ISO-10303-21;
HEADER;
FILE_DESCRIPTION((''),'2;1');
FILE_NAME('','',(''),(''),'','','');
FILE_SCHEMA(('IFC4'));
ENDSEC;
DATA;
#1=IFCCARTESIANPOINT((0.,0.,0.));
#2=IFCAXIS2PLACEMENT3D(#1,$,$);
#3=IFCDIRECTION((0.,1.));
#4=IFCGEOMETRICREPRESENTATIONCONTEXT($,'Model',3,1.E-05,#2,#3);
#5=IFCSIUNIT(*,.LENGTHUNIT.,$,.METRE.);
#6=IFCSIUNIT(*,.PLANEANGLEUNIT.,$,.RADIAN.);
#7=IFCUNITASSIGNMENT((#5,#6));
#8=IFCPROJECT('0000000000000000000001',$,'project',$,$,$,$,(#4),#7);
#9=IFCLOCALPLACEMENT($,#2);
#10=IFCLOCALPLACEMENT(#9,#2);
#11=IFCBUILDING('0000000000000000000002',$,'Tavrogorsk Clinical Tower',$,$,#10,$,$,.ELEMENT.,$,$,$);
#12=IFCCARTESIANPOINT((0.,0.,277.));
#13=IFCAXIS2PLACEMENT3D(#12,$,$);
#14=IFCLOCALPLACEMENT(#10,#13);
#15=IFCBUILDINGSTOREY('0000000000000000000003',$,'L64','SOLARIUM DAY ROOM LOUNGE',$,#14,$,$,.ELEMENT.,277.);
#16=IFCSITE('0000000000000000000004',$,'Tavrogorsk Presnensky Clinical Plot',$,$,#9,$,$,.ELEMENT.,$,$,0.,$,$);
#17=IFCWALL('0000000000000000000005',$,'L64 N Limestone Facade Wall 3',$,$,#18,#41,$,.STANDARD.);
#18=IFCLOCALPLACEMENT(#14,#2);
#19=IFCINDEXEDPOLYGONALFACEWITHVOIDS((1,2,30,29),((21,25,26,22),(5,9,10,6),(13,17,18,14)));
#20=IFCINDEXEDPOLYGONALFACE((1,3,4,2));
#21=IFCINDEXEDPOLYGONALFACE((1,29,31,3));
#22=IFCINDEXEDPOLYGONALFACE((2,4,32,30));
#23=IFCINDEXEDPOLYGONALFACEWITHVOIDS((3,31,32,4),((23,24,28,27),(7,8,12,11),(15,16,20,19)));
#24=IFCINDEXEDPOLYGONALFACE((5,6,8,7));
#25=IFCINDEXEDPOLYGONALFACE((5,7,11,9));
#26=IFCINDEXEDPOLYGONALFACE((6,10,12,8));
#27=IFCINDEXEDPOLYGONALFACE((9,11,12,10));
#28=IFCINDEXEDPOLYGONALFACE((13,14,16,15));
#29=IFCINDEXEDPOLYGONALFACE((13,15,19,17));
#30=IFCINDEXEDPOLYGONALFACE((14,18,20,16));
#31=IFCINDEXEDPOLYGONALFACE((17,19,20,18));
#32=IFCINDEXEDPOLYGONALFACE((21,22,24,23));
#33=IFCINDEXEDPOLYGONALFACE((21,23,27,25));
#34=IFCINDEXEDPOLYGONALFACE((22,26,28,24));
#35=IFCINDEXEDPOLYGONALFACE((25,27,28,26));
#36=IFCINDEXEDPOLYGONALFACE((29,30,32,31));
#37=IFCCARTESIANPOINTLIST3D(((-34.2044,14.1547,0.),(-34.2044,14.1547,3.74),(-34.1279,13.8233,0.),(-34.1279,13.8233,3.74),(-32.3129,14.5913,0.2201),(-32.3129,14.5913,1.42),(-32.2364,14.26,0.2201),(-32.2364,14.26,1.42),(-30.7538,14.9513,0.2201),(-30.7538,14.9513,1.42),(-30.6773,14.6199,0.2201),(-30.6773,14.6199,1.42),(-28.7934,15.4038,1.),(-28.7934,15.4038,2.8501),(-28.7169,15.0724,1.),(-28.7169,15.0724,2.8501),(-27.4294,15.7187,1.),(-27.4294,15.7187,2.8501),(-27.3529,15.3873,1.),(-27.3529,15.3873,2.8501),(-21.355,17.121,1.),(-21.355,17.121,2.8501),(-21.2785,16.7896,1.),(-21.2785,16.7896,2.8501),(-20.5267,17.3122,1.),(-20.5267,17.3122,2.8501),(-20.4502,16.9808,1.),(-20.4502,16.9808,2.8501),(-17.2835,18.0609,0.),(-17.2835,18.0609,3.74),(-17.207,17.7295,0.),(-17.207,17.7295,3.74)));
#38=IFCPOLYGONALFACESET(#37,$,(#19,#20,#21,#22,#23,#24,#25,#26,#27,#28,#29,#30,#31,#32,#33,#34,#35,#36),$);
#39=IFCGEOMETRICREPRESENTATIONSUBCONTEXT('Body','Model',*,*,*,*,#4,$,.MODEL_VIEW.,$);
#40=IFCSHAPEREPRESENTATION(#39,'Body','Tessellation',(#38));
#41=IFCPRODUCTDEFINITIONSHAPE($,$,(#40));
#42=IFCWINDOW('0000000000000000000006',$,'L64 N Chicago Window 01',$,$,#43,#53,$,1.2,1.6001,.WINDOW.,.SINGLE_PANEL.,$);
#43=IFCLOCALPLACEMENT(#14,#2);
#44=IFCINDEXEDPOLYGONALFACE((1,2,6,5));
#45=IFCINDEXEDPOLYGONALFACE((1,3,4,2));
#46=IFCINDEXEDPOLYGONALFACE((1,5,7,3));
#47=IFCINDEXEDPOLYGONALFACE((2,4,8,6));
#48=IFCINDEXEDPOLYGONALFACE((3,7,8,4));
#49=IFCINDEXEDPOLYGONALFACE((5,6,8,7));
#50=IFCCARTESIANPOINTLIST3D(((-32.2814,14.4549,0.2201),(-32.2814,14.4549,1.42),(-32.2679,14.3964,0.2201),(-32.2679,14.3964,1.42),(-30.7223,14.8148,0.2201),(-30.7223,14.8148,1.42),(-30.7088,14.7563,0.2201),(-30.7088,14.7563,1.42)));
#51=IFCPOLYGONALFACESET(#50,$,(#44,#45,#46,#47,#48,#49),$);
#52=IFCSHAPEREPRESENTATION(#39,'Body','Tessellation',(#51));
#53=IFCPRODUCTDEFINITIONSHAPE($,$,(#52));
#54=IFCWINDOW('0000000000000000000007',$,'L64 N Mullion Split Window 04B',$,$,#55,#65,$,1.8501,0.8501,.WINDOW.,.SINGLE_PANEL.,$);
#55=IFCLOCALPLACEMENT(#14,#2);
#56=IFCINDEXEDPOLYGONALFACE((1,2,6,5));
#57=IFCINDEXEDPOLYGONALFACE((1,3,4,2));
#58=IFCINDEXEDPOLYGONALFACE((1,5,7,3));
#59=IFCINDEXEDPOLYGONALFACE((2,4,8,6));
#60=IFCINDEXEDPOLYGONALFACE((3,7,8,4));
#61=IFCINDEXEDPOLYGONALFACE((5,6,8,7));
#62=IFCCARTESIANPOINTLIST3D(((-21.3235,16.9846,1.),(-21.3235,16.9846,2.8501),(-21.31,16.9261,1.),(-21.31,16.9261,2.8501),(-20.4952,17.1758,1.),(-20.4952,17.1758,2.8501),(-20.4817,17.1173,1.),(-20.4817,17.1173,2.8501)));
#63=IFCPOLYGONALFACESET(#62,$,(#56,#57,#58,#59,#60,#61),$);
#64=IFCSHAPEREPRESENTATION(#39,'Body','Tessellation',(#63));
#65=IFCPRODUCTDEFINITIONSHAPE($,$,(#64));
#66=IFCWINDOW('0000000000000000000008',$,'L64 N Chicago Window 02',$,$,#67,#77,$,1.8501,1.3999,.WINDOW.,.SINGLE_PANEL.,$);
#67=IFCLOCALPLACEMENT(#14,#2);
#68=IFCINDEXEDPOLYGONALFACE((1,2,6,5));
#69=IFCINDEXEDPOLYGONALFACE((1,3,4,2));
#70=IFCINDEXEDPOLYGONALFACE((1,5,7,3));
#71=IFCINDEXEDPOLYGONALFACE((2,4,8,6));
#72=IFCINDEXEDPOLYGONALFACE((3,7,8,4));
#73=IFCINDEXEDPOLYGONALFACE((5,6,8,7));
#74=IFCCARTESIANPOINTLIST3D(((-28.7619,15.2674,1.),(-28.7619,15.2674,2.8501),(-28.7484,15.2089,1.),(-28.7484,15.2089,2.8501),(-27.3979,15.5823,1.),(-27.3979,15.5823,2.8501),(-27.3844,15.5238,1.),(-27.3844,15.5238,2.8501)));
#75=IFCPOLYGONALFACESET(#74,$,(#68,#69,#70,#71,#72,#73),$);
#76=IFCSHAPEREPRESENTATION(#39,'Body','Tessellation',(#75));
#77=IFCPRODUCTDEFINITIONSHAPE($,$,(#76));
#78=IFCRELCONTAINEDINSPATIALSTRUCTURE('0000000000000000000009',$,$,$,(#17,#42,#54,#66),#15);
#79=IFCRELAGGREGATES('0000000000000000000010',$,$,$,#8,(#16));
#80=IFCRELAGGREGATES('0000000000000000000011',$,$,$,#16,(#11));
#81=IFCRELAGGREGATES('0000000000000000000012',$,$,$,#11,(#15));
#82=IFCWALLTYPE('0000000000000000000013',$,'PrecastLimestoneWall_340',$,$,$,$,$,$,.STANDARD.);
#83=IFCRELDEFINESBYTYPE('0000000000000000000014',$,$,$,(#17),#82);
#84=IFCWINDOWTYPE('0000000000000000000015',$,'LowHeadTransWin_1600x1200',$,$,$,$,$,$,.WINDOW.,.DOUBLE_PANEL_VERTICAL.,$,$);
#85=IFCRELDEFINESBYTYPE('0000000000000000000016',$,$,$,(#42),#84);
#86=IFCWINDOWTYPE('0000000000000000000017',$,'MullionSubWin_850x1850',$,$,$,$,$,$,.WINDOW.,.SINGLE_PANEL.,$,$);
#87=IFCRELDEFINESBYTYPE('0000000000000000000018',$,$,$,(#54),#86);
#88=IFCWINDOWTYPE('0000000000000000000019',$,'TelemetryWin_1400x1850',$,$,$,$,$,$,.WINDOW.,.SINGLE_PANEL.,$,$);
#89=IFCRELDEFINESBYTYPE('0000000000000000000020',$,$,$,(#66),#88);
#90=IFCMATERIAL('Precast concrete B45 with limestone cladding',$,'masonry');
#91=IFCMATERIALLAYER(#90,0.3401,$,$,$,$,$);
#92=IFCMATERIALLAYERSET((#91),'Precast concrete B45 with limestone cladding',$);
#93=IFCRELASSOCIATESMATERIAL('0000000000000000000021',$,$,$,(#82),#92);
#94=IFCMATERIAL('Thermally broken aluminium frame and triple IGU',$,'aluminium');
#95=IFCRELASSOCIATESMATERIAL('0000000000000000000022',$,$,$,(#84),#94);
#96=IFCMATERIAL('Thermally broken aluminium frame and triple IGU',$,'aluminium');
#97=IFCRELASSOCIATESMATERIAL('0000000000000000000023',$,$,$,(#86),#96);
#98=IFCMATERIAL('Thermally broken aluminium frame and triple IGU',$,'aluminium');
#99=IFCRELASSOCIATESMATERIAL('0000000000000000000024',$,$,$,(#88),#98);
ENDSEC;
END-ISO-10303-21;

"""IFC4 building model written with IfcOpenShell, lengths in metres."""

from ifc_helpers import new_model, si_unit, direction, frame, frame_2d, origin, place, context, subcontext, project, spatial, rectangle, extrude, material, layer, layer_set, type_object, element, fill, save


model = new_model("IFC4")

# Units and contexts
model_context = context("Model", 3, precision=1e-05, world=origin(), true_north=direction((0.0, 1.0)))
body_context = subcontext(model_context, "Body", "Model", "MODEL_VIEW")
ifc_project = project(units=[si_unit("LENGTHUNIT", "METRE"), si_unit("PLANEANGLEUNIT", "RADIAN")], contexts=[model_context])

# Site, building, storey
site_placement = place(None, origin())
site = spatial("IfcSite", under=ifc_project, at=site_placement, Name="Tavrogorsk Presnensky Clinical Plot", CompositionType="ELEMENT", RefElevation=0.0)
building_placement = place(site_placement, origin())
building = spatial("IfcBuilding", under=site, at=building_placement, Name="Tavrogorsk Clinical Tower", CompositionType="ELEMENT")
storey_placement = place(building_placement, frame((0.0, 0.0, 277.0)))
storey = spatial("IfcBuildingStorey", under=building, at=storey_placement, Name="L64", Description="SOLARIUM DAY ROOM LOUNGE", CompositionType="ELEMENT", Elevation=277.0)

# Wall, openings, windows
ifc_material_1 = material(Name="Precast concrete B45 with limestone cladding", Category="masonry")
ifc_layer_1 = layer(ifc_material_1, 0.3401)
ifc_layer_set_1 = layer_set([ifc_layer_1], Name="Precast concrete B45 with limestone cladding")
wall_type_1 = type_object("IfcWallType", Name="PrecastLimestoneWall_340", PredefinedType="STANDARD", material=ifc_layer_set_1)
wall_1_placement = place(storey_placement, frame((-17.2451, 17.8953, 0.0), z_axis=(0.0, 0.0, 1.0), x_axis=(-0.974373, -0.224938, 0.0)))
wall_1 = element("IfcWall", 1, at=wall_1_placement, inside=storey, type_object=wall_type_1, Name="L64 N Limestone Facade Wall 3", PredefinedType="STANDARD", context=body_context, shape_type="SweptSolid", body=[
    extrude(rectangle(XDim=17.366, YDim=0.3401, at=frame_2d((8.6831, 0.0))), origin(), (0.0, 0.0, 1.0), 3.74),
])
opening_1_placement = place(wall_1_placement, frame((13.8247, 0.0, 0.22)))
opening_1 = element("IfcOpeningElement", 2, at=opening_1_placement, cuts=wall_1, PredefinedType="OPENING", context=body_context, shape_type="SweptSolid", body=[
    extrude(rectangle(XDim=1.6001, YDim=1.2, at=frame_2d((0.8, 0.6001))), frame((0.0, 0.1799, 0.0), z_axis=(0.0, -1.0, 0.0), x_axis=(1.0, 0.0, 0.0)), (0.0, 0.0, 1.0), 0.3601),
])
opening_2_placement = place(wall_1_placement, frame((10.4128, 0.0, 1.0)))
opening_2 = element("IfcOpeningElement", 3, at=opening_2_placement, cuts=wall_1, PredefinedType="OPENING", context=body_context, shape_type="SweptSolid", body=[
    extrude(rectangle(XDim=1.3999, YDim=1.8501, at=frame_2d((0.7, 0.925))), frame((0.0, 0.1799, 0.0), z_axis=(0.0, -1.0, 0.0), x_axis=(1.0, 0.0, 0.0)), (0.0, 0.0, 1.0), 0.3601),
])
opening_3_placement = place(wall_1_placement, frame((3.3286, 0.0, 1.0)))
opening_3 = element("IfcOpeningElement", 4, at=opening_3_placement, cuts=wall_1, PredefinedType="OPENING", context=body_context, shape_type="SweptSolid", body=[
    extrude(rectangle(XDim=0.8501, YDim=1.8501, at=frame_2d((0.425, 0.925))), frame((0.0, 0.1799, 0.0), z_axis=(0.0, -1.0, 0.0), x_axis=(1.0, 0.0, 0.0)), (0.0, 0.0, 1.0), 0.3601),
])
ifc_material_2 = material(Name="Thermally broken aluminium frame and triple IGU", Category="aluminium")
window_type_1 = type_object("IfcWindowType", Name="LowHeadTransWin_1600x1200", PartitioningType="DOUBLE_PANEL_VERTICAL", PredefinedType="WINDOW", material=ifc_material_2)
window_1_placement = place(opening_1_placement, origin())
window_1 = element("IfcWindow", 5, at=window_1_placement, inside=storey, type_object=window_type_1, Name="L64 N Chicago Window 01", OverallHeight=1.2, OverallWidth=1.6001, PartitioningType="SINGLE_PANEL", PredefinedType="WINDOW", context=body_context, shape_type="SweptSolid", body=[
    extrude(rectangle(XDim=1.6001, YDim=1.2, at=frame_2d((0.8, 0.6001))), frame((0.0, 0.03, 0.0), z_axis=(0.0, -1.0, 0.0), x_axis=(1.0, 0.0, 0.0)), (0.0, 0.0, 1.0), 0.0601),
])
fill(opening_1, window_1)
ifc_material_3 = material(Name="Thermally broken aluminium frame and triple IGU", Category="aluminium")
window_type_2 = type_object("IfcWindowType", Name="MullionSubWin_850x1850", PartitioningType="SINGLE_PANEL", PredefinedType="WINDOW", material=ifc_material_3)
window_2_placement = place(opening_3_placement, origin())
window_2 = element("IfcWindow", 6, at=window_2_placement, inside=storey, type_object=window_type_2, Name="L64 N Mullion Split Window 04B", OverallHeight=1.8501, OverallWidth=0.8501, PartitioningType="SINGLE_PANEL", PredefinedType="WINDOW", context=body_context, shape_type="SweptSolid", body=[
    extrude(rectangle(XDim=0.8501, YDim=1.8501, at=frame_2d((0.425, 0.925))), frame((0.0, 0.03, 0.0), z_axis=(0.0, -1.0, 0.0), x_axis=(1.0, 0.0, 0.0)), (0.0, 0.0, 1.0), 0.0601),
])
fill(opening_3, window_2)
ifc_material_4 = material(Name="Thermally broken aluminium frame and triple IGU", Category="aluminium")
window_type_3 = type_object("IfcWindowType", Name="TelemetryWin_1400x1850", PartitioningType="SINGLE_PANEL", PredefinedType="WINDOW", material=ifc_material_4)
window_3_placement = place(opening_2_placement, origin())
window_3 = element("IfcWindow", 7, at=window_3_placement, inside=storey, type_object=window_type_3, Name="L64 N Chicago Window 02", OverallHeight=1.8501, OverallWidth=1.3999, PartitioningType="SINGLE_PANEL", PredefinedType="WINDOW", context=body_context, shape_type="SweptSolid", body=[
    extrude(rectangle(XDim=1.3999, YDim=1.8501, at=frame_2d((0.7, 0.925))), frame((0.0, 0.03, 0.0), z_axis=(0.0, -1.0, 0.0), x_axis=(1.0, 0.0, 0.0)), (0.0, 0.0, 1.0), 0.0601),
])
fill(opening_2, window_3)

save(model, "model.ifc")
